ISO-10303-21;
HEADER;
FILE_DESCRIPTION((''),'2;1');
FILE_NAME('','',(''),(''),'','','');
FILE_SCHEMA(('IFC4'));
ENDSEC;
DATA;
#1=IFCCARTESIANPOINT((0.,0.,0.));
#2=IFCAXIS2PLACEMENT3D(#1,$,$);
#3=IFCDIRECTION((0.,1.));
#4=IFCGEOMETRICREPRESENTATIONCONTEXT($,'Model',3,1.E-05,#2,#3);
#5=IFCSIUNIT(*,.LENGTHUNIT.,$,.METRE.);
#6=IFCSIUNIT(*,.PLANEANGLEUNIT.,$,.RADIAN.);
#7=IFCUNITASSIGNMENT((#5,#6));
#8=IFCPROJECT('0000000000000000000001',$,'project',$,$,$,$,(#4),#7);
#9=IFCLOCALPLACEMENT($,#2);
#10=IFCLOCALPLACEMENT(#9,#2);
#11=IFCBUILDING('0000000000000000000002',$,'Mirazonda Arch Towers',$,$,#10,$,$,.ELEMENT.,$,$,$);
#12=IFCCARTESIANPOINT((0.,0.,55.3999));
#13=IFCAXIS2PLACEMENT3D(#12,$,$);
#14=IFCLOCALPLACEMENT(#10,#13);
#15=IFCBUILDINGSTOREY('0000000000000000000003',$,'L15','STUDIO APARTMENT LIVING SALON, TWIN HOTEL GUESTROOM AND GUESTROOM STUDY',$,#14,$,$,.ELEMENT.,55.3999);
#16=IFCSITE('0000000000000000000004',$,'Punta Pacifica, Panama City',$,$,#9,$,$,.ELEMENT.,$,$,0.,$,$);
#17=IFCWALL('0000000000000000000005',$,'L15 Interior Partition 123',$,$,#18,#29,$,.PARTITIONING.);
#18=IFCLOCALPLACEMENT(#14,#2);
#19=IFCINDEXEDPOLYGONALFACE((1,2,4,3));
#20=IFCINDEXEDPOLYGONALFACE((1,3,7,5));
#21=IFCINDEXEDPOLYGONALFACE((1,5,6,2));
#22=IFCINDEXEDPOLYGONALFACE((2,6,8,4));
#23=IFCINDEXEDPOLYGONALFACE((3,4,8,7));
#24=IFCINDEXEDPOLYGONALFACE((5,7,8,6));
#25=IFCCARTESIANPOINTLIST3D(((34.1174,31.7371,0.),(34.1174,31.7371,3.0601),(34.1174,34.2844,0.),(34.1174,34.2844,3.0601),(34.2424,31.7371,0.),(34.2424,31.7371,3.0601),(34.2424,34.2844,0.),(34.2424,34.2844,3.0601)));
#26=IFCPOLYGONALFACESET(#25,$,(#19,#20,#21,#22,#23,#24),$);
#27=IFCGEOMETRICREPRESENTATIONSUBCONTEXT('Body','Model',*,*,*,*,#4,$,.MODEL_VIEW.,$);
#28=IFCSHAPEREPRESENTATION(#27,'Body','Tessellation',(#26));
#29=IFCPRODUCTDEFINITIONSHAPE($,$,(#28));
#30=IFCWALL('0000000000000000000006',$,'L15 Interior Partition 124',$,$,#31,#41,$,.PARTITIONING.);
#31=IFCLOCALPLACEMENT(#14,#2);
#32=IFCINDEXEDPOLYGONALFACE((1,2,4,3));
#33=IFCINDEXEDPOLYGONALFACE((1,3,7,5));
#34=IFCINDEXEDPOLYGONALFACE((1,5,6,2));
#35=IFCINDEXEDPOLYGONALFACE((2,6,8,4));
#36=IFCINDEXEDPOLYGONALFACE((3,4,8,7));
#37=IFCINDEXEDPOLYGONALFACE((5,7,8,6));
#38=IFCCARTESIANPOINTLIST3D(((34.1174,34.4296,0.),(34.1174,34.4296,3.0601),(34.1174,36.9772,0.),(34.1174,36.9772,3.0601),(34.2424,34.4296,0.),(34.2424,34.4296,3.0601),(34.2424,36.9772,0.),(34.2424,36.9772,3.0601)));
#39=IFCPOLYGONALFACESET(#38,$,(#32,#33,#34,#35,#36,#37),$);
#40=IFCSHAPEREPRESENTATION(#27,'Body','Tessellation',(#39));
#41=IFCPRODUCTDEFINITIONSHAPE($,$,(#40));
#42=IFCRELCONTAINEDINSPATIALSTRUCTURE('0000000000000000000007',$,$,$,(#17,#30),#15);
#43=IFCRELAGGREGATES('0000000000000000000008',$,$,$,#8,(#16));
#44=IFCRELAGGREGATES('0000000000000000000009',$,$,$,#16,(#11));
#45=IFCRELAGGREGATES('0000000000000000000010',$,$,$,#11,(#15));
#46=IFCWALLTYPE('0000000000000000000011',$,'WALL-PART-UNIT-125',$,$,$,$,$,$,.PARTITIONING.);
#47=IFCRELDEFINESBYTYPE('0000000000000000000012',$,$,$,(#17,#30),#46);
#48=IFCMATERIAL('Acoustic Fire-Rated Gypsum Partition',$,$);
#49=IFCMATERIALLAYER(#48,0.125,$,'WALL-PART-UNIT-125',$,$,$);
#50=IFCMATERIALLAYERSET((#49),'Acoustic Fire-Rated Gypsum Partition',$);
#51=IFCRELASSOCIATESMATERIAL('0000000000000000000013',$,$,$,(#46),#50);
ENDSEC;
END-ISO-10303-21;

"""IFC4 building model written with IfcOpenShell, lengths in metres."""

from ifc_helpers import new_model, si_unit, direction, frame, frame_2d, origin, place, context, subcontext, project, spatial, rectangle, extrude, material, layer, layer_set, type_object, element, save


model = new_model("IFC4")

# Units and contexts
model_context = context("Model", 3, precision=1e-05, world=origin(), true_north=direction((0.0, 1.0)))
body_context = subcontext(model_context, "Body", "Model", "MODEL_VIEW")
ifc_project = project(units=[si_unit("LENGTHUNIT", "METRE"), si_unit("PLANEANGLEUNIT", "RADIAN")], contexts=[model_context])

# Site, building, storey
site_placement = place(None, origin())
site = spatial("IfcSite", under=ifc_project, at=site_placement, Name="Punta Pacifica, Panama City", CompositionType="ELEMENT", RefElevation=0.0)
building_placement = place(site_placement, origin())
building = spatial("IfcBuilding", under=site, at=building_placement, Name="Mirazonda Arch Towers", CompositionType="ELEMENT")
storey_placement = place(building_placement, frame((0.0, 0.0, 55.3999)))
storey = spatial("IfcBuildingStorey", under=building, at=storey_placement, Name="L15", Description="STUDIO APARTMENT LIVING SALON, TWIN HOTEL GUESTROOM AND GUESTROOM STUDY", CompositionType="ELEMENT", Elevation=55.3999)

# Walls
ifc_material_1 = material(Name="Acoustic Fire-Rated Gypsum Partition")
ifc_layer_1 = layer(ifc_material_1, 0.125, Name="WALL-PART-UNIT-125")
ifc_layer_set_1 = layer_set([ifc_layer_1], Name="Acoustic Fire-Rated Gypsum Partition")
wall_type_1 = type_object("IfcWallType", Name="WALL-PART-UNIT-125", PredefinedType="PARTITIONING", material=ifc_layer_set_1)
wall_1_placement = place(storey_placement, frame((34.1799, 31.7371, 0.0), z_axis=(0.0, 0.0, 1.0), x_axis=(0.0, 1.0, 0.0)))
element("IfcWall", 1, at=wall_1_placement, inside=storey, type_object=wall_type_1, Name="L15 Interior Partition 123", PredefinedType="PARTITIONING", context=body_context, shape_type="SweptSolid", body=[
    extrude(rectangle(XDim=2.5474, YDim=0.125, at=frame_2d((1.2737, 0.0))), origin(), (0.0, 0.0, 1.0), 3.0601),
])
wall_2_placement = place(storey_placement, frame((34.1799, 34.4294, 0.0), z_axis=(0.0, 0.0, 1.0), x_axis=(0.0, 1.0, 0.0)))
element("IfcWall", 2, at=wall_2_placement, inside=storey, type_object=wall_type_1, Name="L15 Interior Partition 124", PredefinedType="PARTITIONING", context=body_context, shape_type="SweptSolid", body=[
    extrude(rectangle(XDim=2.5476, YDim=0.125, at=frame_2d((1.2739, 0.0))), origin(), (0.0, 0.0, 1.0), 3.0601),
])

save(model, "model.ifc")
